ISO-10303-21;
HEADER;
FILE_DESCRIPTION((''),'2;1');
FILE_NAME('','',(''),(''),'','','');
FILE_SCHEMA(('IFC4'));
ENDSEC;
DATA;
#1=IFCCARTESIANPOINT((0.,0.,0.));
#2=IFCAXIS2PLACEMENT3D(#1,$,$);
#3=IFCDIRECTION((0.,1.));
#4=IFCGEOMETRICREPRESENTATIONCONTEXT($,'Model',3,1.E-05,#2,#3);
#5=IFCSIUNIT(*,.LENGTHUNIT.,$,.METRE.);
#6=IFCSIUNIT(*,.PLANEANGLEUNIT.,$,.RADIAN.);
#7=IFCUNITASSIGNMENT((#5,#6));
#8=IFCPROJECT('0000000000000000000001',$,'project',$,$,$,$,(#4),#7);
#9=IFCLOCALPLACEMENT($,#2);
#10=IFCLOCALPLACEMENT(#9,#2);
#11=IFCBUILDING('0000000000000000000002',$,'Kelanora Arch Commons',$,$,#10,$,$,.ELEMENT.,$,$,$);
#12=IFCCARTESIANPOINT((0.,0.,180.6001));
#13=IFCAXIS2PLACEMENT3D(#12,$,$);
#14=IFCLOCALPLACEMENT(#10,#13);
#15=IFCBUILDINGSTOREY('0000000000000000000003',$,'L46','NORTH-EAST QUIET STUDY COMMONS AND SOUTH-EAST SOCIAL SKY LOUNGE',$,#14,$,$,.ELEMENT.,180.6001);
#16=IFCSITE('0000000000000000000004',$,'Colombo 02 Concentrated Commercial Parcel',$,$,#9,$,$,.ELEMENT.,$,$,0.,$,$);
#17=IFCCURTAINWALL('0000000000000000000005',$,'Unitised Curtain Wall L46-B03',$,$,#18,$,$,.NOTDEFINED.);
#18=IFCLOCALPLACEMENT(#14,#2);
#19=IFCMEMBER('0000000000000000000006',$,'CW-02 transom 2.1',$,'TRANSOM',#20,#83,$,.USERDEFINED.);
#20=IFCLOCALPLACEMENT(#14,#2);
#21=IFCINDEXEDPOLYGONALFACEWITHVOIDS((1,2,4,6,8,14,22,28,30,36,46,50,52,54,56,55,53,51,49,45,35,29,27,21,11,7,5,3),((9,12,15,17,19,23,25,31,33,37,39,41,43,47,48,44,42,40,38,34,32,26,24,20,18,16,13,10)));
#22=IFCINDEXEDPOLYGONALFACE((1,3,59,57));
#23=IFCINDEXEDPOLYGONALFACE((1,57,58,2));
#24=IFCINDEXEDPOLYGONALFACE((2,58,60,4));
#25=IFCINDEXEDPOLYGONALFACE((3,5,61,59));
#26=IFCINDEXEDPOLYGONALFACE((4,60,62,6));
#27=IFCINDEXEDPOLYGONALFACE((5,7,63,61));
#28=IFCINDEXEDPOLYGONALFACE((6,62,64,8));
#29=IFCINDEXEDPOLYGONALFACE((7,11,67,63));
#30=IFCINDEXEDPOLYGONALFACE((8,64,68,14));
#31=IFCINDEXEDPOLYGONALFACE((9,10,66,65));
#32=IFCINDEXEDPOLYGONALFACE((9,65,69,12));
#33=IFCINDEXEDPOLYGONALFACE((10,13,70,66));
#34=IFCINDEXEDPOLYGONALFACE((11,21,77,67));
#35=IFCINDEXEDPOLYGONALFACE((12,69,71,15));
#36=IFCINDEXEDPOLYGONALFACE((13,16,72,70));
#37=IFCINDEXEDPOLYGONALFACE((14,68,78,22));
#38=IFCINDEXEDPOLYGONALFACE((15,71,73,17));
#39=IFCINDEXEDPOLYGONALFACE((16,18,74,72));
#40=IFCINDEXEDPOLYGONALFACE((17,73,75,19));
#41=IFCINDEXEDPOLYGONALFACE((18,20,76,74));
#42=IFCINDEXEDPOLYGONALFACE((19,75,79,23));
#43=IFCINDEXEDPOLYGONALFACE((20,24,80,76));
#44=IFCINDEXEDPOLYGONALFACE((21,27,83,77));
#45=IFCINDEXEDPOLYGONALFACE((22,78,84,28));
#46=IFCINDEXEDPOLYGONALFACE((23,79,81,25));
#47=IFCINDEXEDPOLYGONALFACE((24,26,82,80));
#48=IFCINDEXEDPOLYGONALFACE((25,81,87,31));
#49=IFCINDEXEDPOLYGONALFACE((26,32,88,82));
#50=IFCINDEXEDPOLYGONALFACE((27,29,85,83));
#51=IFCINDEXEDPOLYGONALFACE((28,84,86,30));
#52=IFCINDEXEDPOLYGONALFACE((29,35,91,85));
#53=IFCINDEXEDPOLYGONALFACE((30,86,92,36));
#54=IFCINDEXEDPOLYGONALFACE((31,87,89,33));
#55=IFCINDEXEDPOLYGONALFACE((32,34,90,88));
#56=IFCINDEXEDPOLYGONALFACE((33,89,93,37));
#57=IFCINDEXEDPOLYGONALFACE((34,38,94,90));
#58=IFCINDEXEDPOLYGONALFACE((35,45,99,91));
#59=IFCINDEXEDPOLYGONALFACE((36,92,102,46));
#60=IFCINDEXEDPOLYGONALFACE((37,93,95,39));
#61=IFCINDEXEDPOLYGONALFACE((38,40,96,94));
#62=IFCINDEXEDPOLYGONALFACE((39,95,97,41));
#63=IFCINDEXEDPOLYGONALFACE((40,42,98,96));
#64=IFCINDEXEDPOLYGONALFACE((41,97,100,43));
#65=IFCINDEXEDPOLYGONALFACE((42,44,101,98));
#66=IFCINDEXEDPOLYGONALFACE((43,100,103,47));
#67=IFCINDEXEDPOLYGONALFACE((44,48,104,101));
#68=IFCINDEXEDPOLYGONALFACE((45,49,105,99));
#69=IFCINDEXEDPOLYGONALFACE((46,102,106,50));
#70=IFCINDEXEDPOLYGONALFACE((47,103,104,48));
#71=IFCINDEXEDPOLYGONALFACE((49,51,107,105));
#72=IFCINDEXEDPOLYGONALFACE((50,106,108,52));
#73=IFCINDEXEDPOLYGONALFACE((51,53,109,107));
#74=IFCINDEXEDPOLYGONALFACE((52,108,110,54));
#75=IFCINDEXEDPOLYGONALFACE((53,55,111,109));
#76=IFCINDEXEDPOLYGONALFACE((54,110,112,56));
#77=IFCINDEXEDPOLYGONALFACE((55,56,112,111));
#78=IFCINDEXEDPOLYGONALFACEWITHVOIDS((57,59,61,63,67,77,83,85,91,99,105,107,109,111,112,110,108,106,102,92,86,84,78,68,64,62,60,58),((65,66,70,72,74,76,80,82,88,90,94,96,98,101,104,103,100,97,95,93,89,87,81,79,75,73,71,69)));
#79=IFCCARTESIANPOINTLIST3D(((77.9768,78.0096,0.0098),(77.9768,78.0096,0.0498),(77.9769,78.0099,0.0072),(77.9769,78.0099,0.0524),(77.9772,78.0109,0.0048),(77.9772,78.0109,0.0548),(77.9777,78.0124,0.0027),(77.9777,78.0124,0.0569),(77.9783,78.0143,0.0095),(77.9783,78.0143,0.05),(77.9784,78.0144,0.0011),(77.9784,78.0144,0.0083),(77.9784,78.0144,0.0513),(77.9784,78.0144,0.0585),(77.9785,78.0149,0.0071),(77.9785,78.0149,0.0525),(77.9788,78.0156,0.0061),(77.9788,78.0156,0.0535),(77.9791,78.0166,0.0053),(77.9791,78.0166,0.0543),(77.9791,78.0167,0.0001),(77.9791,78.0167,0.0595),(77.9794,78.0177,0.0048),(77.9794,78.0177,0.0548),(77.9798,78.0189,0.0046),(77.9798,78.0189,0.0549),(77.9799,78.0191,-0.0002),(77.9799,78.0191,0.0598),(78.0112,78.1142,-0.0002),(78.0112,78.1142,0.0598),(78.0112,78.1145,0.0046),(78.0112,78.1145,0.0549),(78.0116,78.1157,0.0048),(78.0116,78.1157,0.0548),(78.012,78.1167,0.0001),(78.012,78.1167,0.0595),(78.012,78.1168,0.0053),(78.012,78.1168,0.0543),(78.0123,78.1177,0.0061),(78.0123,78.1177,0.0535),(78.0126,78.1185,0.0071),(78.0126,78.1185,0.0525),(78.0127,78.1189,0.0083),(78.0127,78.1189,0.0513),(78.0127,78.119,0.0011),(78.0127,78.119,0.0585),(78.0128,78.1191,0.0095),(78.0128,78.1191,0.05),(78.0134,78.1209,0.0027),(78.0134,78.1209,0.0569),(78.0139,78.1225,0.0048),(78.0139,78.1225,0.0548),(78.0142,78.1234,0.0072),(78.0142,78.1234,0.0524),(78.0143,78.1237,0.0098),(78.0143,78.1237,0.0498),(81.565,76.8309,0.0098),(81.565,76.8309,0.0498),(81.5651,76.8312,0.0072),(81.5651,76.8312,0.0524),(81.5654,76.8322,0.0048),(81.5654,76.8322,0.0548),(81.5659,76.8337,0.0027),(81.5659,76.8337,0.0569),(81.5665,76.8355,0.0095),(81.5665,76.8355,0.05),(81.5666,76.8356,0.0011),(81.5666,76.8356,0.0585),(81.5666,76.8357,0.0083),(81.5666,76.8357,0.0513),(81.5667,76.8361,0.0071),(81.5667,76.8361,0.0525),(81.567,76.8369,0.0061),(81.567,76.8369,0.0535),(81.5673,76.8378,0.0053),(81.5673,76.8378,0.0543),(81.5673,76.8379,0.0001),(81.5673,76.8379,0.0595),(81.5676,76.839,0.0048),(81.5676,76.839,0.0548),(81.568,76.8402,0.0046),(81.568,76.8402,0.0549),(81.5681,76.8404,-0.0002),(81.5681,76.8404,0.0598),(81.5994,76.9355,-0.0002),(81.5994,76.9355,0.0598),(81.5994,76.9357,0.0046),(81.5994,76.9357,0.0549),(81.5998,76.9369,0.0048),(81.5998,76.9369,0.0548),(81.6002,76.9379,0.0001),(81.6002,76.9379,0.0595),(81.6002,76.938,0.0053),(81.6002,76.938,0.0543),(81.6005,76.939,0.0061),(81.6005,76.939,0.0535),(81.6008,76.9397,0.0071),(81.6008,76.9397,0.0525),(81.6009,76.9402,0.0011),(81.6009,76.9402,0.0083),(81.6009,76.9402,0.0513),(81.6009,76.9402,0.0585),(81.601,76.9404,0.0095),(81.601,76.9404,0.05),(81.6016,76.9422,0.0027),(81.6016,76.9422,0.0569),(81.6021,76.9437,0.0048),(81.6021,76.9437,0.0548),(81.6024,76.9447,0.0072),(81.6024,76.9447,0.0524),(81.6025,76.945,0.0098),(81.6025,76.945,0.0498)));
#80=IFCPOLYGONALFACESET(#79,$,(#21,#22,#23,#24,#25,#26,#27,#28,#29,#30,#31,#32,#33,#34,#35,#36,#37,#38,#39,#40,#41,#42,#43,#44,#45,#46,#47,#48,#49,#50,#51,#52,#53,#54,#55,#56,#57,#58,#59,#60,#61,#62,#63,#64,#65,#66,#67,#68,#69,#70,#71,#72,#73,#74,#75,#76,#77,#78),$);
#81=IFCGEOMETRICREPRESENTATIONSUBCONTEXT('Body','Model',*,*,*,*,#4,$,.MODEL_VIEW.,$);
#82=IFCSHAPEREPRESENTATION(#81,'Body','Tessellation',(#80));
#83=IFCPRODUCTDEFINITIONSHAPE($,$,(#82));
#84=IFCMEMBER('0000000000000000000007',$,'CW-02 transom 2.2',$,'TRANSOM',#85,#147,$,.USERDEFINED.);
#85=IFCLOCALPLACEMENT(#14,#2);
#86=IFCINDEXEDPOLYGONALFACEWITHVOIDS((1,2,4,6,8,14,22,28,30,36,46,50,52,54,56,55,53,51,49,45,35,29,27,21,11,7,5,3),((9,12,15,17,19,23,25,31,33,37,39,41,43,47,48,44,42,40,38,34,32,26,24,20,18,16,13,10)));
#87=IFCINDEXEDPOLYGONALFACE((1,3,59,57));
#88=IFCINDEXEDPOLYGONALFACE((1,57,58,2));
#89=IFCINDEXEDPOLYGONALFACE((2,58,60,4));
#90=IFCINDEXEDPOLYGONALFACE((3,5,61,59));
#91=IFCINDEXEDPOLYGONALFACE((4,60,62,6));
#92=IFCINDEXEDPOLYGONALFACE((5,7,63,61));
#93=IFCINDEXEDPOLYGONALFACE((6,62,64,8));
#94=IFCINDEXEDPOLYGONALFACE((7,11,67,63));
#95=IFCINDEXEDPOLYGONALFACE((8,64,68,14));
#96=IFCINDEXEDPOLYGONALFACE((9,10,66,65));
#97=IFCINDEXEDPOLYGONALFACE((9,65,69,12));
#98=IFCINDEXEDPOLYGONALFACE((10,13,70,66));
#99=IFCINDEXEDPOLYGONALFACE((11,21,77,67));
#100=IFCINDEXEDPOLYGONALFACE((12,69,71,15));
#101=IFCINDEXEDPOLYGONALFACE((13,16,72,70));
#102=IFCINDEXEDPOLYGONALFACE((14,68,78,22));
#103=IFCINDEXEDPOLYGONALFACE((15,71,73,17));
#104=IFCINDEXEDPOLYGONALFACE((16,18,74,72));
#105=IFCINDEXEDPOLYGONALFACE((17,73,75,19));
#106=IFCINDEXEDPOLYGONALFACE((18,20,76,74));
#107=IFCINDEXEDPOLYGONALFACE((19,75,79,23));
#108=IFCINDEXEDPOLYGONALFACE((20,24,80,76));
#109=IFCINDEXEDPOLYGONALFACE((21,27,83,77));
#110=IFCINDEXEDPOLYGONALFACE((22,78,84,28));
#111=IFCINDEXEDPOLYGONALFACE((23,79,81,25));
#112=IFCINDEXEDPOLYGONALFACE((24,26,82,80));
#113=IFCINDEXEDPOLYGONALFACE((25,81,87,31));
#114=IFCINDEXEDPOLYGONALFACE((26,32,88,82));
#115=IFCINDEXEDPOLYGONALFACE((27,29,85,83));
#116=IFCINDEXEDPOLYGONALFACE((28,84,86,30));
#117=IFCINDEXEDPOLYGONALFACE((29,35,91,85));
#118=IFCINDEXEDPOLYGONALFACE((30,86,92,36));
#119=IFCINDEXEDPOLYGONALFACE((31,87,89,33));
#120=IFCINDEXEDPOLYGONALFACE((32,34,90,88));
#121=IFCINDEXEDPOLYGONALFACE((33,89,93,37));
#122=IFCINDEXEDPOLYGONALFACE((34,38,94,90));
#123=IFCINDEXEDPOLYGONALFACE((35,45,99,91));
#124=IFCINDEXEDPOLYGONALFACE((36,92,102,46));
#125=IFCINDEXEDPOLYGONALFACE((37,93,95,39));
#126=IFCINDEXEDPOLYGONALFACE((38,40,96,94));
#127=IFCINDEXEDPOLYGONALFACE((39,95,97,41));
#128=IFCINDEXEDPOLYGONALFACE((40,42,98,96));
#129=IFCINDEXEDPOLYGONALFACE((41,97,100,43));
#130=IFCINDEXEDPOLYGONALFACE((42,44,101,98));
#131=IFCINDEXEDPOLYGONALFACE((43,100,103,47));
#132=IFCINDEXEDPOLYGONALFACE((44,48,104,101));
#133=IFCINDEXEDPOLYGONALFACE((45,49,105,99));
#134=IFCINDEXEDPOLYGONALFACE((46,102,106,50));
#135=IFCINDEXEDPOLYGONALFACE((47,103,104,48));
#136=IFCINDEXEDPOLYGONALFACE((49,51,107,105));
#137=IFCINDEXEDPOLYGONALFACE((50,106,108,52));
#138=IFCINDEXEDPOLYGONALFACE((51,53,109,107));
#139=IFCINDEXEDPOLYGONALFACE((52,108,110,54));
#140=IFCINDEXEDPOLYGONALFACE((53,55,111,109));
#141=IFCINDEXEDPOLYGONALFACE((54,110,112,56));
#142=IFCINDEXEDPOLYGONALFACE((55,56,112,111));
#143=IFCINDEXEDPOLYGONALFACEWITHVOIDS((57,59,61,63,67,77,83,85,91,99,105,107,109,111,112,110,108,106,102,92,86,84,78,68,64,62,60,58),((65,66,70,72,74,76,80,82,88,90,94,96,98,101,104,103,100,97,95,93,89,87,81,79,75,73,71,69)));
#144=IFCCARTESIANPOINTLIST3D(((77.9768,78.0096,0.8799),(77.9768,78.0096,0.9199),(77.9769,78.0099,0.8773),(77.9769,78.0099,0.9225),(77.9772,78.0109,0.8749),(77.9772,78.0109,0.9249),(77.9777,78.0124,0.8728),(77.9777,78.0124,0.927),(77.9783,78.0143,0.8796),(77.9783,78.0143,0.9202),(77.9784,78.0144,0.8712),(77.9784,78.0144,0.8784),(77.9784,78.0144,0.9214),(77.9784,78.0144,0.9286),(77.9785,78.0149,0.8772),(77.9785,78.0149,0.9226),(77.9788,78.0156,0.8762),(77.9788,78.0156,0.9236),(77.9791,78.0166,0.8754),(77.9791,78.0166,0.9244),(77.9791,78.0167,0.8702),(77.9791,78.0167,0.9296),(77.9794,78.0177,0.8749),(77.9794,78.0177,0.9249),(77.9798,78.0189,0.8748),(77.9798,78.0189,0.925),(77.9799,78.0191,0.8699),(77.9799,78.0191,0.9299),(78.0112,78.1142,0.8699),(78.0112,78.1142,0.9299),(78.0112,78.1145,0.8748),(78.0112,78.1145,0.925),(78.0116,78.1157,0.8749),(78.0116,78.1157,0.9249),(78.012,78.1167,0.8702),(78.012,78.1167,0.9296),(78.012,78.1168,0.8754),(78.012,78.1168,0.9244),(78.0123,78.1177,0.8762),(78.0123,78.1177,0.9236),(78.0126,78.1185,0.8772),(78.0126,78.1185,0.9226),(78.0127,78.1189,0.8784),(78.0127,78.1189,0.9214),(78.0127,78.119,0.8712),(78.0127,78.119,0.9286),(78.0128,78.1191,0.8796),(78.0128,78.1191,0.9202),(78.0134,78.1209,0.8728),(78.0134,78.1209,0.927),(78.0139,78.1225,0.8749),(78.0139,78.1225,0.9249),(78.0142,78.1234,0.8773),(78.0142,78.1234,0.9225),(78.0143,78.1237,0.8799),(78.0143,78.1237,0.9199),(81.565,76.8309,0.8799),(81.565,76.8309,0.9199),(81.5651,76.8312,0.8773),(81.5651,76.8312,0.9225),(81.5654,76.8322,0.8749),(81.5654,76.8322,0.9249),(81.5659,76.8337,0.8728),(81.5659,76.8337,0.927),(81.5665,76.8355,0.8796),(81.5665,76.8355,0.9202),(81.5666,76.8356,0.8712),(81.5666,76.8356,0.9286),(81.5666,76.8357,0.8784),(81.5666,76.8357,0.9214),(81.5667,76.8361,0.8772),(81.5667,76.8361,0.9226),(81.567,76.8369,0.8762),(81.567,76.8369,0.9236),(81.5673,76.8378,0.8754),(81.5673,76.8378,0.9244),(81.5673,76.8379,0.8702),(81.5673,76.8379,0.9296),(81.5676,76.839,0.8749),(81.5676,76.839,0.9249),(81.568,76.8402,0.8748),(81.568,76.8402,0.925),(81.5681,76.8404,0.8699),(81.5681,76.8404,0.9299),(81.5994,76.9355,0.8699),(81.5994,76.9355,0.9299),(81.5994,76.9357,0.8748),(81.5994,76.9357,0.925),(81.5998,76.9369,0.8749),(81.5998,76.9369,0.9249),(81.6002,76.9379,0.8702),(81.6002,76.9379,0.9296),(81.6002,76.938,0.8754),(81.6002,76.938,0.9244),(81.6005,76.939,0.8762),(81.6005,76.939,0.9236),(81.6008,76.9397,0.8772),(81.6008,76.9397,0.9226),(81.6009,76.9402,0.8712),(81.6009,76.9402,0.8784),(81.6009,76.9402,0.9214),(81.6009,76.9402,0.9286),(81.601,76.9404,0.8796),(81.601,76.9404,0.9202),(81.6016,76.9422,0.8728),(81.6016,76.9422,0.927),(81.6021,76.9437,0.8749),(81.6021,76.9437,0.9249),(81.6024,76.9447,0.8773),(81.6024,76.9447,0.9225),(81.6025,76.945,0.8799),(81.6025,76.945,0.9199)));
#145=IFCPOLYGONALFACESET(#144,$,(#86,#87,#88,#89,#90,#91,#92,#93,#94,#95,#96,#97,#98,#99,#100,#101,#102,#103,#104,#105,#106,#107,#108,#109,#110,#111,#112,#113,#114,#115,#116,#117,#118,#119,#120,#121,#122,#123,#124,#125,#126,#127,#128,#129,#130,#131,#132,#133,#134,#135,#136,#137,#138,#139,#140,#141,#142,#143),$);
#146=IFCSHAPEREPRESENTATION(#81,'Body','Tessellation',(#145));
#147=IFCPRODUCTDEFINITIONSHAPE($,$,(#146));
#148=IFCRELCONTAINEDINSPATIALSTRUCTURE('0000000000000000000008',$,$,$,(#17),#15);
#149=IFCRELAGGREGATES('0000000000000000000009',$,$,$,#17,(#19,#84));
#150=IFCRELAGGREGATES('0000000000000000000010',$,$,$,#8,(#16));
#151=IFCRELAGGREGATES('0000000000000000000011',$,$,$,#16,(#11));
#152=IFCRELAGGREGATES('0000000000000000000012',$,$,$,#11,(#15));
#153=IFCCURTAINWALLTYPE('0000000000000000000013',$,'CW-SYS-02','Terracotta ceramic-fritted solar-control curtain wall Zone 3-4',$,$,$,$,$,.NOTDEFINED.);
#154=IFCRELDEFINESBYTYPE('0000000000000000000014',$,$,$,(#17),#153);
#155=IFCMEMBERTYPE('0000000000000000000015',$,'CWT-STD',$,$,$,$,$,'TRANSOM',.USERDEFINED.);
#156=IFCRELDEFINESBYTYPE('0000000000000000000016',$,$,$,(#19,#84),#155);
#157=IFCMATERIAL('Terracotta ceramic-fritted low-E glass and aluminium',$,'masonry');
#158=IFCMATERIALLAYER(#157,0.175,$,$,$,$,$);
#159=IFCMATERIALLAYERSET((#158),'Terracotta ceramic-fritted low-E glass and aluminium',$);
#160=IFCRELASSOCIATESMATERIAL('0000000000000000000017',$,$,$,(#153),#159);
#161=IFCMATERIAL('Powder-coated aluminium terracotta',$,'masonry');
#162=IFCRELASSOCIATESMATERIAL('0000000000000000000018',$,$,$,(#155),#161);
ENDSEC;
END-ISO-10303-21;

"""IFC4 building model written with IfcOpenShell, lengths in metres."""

from ifc_helpers import new_model, si_unit, direction, frame, origin, origin_2d, place, context, subcontext, project, spatial, hollow_rectangle, extrude, material, layer, layer_set, material_profile, profile_set, type_object, element, aggregate, save


model = new_model("IFC4")

# Units and contexts
model_context = context("Model", 3, precision=1e-05, world=origin(), true_north=direction((0.0, 1.0)))
body_context = subcontext(model_context, "Body", "Model", "MODEL_VIEW")
ifc_project = project(units=[si_unit("LENGTHUNIT", "METRE"), si_unit("PLANEANGLEUNIT", "RADIAN")], contexts=[model_context])

# Site, building, storey
site_placement = place(None, origin())
site = spatial("IfcSite", under=ifc_project, at=site_placement, Name="Colombo 02 Concentrated Commercial Parcel", CompositionType="ELEMENT", RefElevation=0.0)
building_placement = place(site_placement, origin())
building = spatial("IfcBuilding", under=site, at=building_placement, Name="Kelanora Arch Commons", CompositionType="ELEMENT")
storey_placement = place(building_placement, frame((0.0, 0.0, 180.6001)))
storey = spatial("IfcBuildingStorey", under=building, at=storey_placement, Name="L46", Description="NORTH-EAST QUIET STUDY COMMONS AND SOUTH-EAST SOCIAL SKY LOUNGE", CompositionType="ELEMENT", Elevation=180.6001)

# Curtain wall, members
ifc_material_1 = material(Name="Terracotta ceramic-fritted low-E glass and aluminium", Category="masonry")
ifc_layer_1 = layer(ifc_material_1, 0.175)
ifc_layer_set_1 = layer_set([ifc_layer_1], Name="Terracotta ceramic-fritted low-E glass and aluminium")
curtain_wall_type = type_object("IfcCurtainWallType", Name="CW-SYS-02", Description="Terracotta ceramic-fritted solar-control curtain wall Zone 3-4", PredefinedType="NOTDEFINED", material=ifc_layer_set_1)
curtain_wall_placement = place(storey_placement, origin())
curtain_wall = element("IfcCurtainWall", 1, at=curtain_wall_placement, inside=storey, type_object=curtain_wall_type, Name="Unitised Curtain Wall L46-B03", PredefinedType="NOTDEFINED")
ifc_material_2 = material(Name="Powder-coated aluminium terracotta", Category="masonry")
ifc_material_profile_1 = material_profile(ifc_material_2, hollow_rectangle(XDim=0.1201, YDim=0.0601, WallThickness=0.0049, InnerFilletRadius=0.0049, OuterFilletRadius=0.01, at=origin_2d()), Name="CWT120x60")
ifc_profile_set_1 = profile_set([ifc_material_profile_1], Name="Powder-coated aluminium terracotta")
member_type_1 = type_object("IfcMemberType", Name="CWT-STD", ElementType="TRANSOM", PredefinedType="USERDEFINED", material=ifc_profile_set_1)
member_1_placement = place(storey_placement, frame((81.5837, 76.8879, 0.0298), z_axis=(-0.950051, 0.312094, 0.0), x_axis=(-0.312094, -0.950051, 0.0)))
member_1 = element("IfcMember", 2, at=member_1_placement, type_object=member_type_1, Name="CW-02 transom 2.1", ObjectType="TRANSOM", PredefinedType="USERDEFINED", context=body_context, shape_type="SweptSolid", body=[
    extrude(hollow_rectangle(XDim=0.1201, YDim=0.0601, WallThickness=0.0049, InnerFilletRadius=0.0049, OuterFilletRadius=0.01, at=origin_2d()), origin(), (0.0, 0.0, 1.0), 3.7769),
])
member_2_placement = place(storey_placement, frame((81.5837, 76.8879, 0.8999), z_axis=(-0.950051, 0.312094, 0.0), x_axis=(-0.312094, -0.950051, 0.0)))
member_2 = element("IfcMember", 3, at=member_2_placement, type_object=member_type_1, Name="CW-02 transom 2.2", ObjectType="TRANSOM", PredefinedType="USERDEFINED", context=body_context, shape_type="SweptSolid", body=[
    extrude(hollow_rectangle(XDim=0.1201, YDim=0.0601, WallThickness=0.0049, InnerFilletRadius=0.0049, OuterFilletRadius=0.01, at=origin_2d()), origin(), (0.0, 0.0, 1.0), 3.7769),
])
aggregate(curtain_wall, [member_1, member_2])

save(model, "model.ifc")
